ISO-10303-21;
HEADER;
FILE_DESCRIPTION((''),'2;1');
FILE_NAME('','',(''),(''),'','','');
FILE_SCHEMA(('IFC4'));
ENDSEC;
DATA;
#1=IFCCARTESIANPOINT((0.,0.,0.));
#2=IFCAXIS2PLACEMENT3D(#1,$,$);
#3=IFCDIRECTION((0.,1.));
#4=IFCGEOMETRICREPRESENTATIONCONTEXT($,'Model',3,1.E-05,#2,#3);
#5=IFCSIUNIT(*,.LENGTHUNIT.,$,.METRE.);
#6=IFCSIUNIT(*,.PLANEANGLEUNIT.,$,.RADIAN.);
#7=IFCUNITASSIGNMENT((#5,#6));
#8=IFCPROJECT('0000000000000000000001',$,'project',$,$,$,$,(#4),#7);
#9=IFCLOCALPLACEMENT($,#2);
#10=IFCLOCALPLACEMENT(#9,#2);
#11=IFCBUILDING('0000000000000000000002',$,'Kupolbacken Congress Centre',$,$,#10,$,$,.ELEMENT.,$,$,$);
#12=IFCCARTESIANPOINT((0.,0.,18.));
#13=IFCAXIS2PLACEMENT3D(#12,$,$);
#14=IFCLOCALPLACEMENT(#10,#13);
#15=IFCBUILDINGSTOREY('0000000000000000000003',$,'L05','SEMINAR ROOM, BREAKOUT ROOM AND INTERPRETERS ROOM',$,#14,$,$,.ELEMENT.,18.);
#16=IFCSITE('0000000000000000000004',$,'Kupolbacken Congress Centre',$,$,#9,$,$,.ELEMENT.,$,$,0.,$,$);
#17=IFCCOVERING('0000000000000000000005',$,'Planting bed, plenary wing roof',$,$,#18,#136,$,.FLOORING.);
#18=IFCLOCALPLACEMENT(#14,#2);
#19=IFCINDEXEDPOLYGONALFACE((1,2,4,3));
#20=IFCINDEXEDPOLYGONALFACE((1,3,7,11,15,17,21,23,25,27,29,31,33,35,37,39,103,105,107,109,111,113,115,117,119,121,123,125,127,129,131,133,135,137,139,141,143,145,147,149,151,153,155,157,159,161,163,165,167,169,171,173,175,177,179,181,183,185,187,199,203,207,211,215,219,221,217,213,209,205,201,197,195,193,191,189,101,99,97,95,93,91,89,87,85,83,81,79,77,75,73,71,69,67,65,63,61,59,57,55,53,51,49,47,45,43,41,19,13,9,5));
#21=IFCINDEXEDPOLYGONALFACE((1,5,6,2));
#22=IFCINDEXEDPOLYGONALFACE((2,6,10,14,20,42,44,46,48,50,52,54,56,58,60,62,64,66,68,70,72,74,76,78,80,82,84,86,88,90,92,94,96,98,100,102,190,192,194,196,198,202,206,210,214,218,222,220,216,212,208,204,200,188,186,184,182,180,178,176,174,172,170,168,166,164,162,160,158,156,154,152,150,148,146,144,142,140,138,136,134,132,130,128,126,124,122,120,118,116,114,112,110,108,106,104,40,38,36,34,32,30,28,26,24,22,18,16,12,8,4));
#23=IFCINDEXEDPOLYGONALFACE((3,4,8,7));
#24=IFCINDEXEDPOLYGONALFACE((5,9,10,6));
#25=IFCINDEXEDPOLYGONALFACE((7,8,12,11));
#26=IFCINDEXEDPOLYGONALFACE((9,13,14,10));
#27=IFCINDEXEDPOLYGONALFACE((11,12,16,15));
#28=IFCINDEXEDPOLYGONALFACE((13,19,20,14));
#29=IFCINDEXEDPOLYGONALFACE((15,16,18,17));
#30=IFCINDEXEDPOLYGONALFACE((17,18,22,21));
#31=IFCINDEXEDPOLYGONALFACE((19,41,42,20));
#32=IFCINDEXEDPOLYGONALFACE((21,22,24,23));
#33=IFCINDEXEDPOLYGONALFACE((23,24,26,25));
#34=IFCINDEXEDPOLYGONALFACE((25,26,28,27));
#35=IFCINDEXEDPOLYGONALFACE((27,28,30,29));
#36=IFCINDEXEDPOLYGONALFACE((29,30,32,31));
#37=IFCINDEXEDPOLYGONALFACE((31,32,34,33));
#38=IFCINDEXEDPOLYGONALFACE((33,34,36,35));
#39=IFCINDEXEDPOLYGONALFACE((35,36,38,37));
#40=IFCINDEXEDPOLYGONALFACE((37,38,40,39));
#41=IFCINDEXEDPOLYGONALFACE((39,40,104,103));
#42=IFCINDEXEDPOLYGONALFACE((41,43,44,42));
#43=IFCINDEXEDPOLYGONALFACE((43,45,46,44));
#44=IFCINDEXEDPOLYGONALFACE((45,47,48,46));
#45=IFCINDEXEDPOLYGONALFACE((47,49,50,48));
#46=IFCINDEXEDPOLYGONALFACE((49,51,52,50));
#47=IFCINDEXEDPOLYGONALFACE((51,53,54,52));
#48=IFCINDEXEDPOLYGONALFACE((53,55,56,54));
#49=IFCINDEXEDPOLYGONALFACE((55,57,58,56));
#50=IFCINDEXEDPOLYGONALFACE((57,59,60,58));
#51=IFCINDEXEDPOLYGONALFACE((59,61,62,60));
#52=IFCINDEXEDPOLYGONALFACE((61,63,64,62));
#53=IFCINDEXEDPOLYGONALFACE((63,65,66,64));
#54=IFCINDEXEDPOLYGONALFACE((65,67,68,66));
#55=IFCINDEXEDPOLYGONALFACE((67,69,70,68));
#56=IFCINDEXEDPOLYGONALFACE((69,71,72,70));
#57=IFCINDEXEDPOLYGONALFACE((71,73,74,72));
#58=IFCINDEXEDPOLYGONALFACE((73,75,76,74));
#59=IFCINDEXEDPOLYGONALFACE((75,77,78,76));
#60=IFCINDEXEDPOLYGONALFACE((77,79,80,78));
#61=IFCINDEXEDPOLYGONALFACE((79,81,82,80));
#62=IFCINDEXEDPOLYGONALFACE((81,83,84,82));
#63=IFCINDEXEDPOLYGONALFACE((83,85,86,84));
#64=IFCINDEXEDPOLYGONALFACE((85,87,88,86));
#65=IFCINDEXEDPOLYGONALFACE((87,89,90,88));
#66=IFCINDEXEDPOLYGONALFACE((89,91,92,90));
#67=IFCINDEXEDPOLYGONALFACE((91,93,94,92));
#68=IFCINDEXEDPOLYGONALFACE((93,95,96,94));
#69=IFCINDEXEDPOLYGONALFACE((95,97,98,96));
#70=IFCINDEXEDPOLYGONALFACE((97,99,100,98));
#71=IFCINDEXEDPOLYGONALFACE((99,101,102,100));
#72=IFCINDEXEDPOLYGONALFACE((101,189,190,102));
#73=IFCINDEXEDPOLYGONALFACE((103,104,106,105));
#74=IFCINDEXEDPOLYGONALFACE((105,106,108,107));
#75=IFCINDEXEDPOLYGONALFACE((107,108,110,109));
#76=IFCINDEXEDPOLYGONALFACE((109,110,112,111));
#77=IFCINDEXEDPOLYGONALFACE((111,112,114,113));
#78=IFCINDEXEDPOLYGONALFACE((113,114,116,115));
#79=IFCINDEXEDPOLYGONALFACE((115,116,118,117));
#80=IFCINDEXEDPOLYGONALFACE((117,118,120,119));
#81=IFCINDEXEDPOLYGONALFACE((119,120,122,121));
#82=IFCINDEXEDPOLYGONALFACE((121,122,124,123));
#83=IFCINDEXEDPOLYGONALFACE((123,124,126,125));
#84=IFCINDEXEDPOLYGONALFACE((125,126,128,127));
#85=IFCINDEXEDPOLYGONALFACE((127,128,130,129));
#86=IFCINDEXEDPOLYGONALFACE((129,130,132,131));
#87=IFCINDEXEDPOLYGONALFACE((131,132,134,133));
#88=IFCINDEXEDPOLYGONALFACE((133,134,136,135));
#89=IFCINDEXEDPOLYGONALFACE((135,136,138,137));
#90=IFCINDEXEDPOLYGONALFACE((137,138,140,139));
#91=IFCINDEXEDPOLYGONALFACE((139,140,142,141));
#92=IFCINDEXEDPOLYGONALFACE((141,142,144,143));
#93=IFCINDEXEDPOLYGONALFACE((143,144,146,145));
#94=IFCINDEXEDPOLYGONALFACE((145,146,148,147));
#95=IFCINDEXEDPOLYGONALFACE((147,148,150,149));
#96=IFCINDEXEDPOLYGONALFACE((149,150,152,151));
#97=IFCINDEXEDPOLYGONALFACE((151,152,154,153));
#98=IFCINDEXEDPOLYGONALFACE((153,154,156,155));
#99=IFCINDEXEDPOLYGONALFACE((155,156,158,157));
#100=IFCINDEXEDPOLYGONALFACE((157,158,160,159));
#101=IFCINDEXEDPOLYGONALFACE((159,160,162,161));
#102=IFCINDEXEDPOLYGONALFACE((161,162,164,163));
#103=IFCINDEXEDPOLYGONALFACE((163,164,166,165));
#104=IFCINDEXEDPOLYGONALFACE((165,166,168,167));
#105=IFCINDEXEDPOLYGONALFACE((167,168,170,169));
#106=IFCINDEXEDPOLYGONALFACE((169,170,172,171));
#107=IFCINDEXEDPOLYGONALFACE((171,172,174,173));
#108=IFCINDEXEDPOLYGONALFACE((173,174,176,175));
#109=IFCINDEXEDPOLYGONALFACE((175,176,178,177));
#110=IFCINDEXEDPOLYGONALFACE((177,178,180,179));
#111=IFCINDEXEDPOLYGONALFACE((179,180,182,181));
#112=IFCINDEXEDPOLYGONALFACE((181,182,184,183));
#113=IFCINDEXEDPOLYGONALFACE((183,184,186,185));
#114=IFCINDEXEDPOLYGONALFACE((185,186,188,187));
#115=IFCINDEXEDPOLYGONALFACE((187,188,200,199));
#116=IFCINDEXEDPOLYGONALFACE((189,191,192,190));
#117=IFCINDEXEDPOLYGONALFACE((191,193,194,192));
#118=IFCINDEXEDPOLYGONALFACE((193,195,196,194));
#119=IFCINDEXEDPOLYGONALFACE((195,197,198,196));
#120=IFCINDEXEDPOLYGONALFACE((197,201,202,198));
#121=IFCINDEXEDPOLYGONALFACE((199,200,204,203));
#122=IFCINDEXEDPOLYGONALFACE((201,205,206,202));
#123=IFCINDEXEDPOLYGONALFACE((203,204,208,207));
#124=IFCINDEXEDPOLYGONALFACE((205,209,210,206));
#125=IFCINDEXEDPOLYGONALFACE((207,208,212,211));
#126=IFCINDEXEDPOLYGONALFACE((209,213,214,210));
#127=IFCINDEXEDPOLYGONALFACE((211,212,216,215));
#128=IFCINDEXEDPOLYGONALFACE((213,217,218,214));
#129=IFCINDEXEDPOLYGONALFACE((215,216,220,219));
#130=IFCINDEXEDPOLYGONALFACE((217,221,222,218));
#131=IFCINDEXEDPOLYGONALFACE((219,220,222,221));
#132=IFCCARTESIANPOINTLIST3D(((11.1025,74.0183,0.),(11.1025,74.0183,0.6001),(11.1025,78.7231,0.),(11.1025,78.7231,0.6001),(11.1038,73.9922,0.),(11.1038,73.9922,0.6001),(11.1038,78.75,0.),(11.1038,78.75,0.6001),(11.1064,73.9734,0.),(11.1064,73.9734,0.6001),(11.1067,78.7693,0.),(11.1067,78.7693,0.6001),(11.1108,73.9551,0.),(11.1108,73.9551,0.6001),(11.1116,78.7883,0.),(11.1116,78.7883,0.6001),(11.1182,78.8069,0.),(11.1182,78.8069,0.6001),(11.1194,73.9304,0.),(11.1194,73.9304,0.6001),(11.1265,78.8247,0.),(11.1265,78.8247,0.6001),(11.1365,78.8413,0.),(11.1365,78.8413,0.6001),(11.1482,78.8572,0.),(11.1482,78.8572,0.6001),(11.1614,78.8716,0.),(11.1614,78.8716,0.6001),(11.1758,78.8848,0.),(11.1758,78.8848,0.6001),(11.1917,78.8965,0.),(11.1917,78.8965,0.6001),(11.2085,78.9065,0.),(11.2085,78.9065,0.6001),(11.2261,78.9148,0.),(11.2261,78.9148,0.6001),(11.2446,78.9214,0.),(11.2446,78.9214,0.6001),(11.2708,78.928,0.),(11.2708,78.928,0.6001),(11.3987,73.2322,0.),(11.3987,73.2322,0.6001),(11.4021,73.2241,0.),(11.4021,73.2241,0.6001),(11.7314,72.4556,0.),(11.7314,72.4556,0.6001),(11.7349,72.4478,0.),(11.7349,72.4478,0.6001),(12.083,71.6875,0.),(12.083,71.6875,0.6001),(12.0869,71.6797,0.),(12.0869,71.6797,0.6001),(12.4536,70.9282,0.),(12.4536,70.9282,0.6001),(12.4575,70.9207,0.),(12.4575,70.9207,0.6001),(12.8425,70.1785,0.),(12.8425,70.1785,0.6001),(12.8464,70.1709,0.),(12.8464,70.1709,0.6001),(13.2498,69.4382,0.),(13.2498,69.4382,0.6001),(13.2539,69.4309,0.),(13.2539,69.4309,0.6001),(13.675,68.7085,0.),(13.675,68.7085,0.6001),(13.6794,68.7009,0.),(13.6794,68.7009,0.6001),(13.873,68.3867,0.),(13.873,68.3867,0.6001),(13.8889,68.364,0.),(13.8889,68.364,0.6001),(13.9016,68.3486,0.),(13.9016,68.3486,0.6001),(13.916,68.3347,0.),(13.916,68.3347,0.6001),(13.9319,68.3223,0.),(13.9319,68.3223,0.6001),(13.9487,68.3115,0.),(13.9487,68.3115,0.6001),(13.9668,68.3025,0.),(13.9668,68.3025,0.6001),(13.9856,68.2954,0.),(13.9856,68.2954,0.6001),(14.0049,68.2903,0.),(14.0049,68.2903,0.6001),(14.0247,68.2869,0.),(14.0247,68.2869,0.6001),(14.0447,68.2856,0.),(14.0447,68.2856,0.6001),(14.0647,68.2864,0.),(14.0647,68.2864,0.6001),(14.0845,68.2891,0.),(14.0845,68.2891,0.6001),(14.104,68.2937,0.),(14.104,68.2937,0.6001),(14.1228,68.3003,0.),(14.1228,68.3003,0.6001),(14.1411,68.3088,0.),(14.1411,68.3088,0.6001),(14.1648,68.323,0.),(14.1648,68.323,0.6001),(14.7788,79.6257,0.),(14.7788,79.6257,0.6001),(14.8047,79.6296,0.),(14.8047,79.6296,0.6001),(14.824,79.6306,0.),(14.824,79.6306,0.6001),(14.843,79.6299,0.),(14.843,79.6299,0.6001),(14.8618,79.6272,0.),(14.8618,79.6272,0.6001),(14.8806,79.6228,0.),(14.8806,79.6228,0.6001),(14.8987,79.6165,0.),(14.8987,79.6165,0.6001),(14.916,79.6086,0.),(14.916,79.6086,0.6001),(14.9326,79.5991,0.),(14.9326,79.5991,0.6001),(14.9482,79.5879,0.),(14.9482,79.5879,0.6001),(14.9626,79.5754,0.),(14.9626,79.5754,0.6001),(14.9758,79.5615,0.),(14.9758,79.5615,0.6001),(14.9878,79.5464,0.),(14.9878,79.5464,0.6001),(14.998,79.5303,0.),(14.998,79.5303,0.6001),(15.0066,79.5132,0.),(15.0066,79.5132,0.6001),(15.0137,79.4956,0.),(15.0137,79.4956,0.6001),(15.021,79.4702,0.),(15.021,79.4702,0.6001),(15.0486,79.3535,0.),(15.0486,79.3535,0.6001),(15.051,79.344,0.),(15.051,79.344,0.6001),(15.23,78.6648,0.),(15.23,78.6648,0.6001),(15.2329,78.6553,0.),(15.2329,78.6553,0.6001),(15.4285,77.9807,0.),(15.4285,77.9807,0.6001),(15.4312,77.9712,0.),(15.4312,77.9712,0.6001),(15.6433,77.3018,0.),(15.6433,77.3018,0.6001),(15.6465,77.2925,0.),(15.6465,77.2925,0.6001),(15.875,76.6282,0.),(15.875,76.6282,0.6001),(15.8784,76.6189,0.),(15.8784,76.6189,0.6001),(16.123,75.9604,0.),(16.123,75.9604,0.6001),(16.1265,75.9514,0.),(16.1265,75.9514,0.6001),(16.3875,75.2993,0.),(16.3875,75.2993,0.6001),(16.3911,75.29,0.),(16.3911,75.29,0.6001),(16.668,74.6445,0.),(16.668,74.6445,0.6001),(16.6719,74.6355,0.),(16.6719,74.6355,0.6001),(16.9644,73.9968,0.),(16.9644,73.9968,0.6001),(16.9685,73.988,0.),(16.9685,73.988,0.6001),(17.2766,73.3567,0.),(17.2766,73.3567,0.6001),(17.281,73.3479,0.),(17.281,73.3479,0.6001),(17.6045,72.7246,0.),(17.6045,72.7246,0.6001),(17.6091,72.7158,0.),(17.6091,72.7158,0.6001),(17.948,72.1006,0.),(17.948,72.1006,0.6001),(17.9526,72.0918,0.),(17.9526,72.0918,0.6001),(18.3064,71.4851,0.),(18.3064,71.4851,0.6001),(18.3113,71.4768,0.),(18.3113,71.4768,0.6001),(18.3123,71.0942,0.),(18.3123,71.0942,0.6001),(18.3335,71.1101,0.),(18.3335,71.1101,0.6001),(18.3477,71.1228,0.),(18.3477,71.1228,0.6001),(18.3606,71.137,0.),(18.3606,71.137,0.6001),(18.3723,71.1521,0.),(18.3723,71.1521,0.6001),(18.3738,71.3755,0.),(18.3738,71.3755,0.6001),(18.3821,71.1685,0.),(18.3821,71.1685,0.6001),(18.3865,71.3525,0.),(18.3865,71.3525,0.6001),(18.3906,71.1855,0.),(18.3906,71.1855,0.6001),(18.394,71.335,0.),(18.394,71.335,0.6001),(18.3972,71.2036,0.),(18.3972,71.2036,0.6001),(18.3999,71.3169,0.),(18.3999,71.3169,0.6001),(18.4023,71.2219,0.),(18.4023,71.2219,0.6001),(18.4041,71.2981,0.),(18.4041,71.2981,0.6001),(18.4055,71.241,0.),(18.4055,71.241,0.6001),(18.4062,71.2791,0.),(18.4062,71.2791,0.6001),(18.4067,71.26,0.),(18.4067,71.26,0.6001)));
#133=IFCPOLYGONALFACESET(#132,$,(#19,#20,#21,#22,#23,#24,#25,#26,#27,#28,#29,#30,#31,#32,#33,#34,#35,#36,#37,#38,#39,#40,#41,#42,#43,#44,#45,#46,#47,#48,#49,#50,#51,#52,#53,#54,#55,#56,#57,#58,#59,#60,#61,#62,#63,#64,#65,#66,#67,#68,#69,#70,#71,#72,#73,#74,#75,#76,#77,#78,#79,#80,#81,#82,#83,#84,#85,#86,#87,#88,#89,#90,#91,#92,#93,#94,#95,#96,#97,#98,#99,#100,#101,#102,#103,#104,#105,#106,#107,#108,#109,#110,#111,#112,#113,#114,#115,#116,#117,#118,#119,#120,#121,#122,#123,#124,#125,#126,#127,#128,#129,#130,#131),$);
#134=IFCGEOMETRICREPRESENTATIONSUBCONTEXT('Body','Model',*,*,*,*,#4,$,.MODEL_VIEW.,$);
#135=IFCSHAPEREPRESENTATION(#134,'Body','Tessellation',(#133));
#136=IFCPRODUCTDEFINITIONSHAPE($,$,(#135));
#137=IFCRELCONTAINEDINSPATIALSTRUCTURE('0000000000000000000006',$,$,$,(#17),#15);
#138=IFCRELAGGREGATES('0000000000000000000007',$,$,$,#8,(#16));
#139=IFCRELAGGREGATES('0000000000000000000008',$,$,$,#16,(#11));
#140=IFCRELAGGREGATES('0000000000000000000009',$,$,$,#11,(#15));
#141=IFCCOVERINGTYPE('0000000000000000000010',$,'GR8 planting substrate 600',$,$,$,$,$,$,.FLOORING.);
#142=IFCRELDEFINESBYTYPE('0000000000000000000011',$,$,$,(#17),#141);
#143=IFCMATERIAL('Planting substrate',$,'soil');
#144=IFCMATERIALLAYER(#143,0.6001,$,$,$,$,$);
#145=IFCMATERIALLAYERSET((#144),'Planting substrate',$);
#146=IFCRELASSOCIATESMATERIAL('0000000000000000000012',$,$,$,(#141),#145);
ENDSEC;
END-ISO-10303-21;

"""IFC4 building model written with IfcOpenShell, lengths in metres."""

from ifc_helpers import new_model, si_unit, direction, frame, origin, place, context, subcontext, project, spatial, polyline, outline, extrude, material, layer, layer_set, type_object, element, save


model = new_model("IFC4")

# Units and contexts
model_context = context("Model", 3, precision=1e-05, world=origin(), true_north=direction((0.0, 1.0)))
body_context = subcontext(model_context, "Body", "Model", "MODEL_VIEW")
ifc_project = project(units=[si_unit("LENGTHUNIT", "METRE"), si_unit("PLANEANGLEUNIT", "RADIAN")], contexts=[model_context])

# Site, building, storey
site_placement = place(None, origin())
site = spatial("IfcSite", under=ifc_project, at=site_placement, Name="Kupolbacken Congress Centre", CompositionType="ELEMENT", RefElevation=0.0)
building_placement = place(site_placement, origin())
building = spatial("IfcBuilding", under=site, at=building_placement, Name="Kupolbacken Congress Centre", CompositionType="ELEMENT")
storey_placement = place(building_placement, frame((0.0, 0.0, 18.0)))
storey = spatial("IfcBuildingStorey", under=building, at=storey_placement, Name="L05", Description="SEMINAR ROOM, BREAKOUT ROOM AND INTERPRETERS ROOM", CompositionType="ELEMENT", Elevation=18.0)

# Covering
ifc_material_1 = material(Name="Planting substrate", Category="soil")
ifc_layer_1 = layer(ifc_material_1, 0.6001)
ifc_layer_set_1 = layer_set([ifc_layer_1], Name="Planting substrate")
covering_type_1 = type_object("IfcCoveringType", Name="GR8 planting substrate 600", PredefinedType="FLOORING", material=ifc_layer_set_1)
covering_1_placement = place(storey_placement, origin())
element("IfcCovering", 1, at=covering_1_placement, inside=storey, type_object=covering_type_1, Name="Planting bed, plenary wing roof", PredefinedType="FLOORING", context=body_context, shape_type="SweptSolid", body=[
    extrude(outline(polyline([(11.1194, 73.9304), (11.1108, 73.9551), (11.1064, 73.9734), (11.1038, 73.9922), (11.1025, 74.0183), (11.1025, 78.7231), (11.1038, 78.75), (11.1067, 78.7693), (11.1116, 78.7883), (11.1182, 78.8069), (11.1265, 78.8247), (11.1365, 78.8413), (11.1482, 78.8572), (11.1614, 78.8716), (11.1758, 78.8848), (11.1917, 78.8965), (11.2085, 78.9065), (11.2261, 78.9148), (11.2446, 78.9214), (11.2708, 78.928), (14.7788, 79.6257), (14.8047, 79.6296), (14.824, 79.6306), (14.843, 79.6299), (14.8618, 79.6272), (14.8806, 79.6228), (14.8987, 79.6165), (14.916, 79.6086), (14.9326, 79.5991), (14.9482, 79.5879), (14.9626, 79.5754), (14.9758, 79.5615), (14.9878, 79.5464), (14.998, 79.5303), (15.0066, 79.5132), (15.0137, 79.4956), (15.021, 79.4702), (15.0486, 79.3535), (15.051, 79.344), (15.23, 78.6648), (15.2329, 78.6553), (15.4285, 77.9807), (15.4312, 77.9712), (15.6433, 77.3018), (15.6465, 77.2925), (15.875, 76.6282), (15.8784, 76.6189), (16.123, 75.9604), (16.1265, 75.9514), (16.3875, 75.2993), (16.3911, 75.29), (16.668, 74.6445), (16.6719, 74.6355), (16.9644, 73.9968), (16.9685, 73.988), (17.2766, 73.3567), (17.281, 73.3479), (17.6045, 72.7246), (17.6091, 72.7158), (17.948, 72.1006), (17.9526, 72.0918), (18.3064, 71.4851), (18.3113, 71.4768), (18.3738, 71.3755), (18.3865, 71.3525), (18.394, 71.335), (18.3999, 71.3169), (18.4041, 71.2981), (18.4062, 71.2791), (18.4067, 71.26), (18.4055, 71.241), (18.4023, 71.2219), (18.3972, 71.2036), (18.3906, 71.1855), (18.3821, 71.1685), (18.3723, 71.1521), (18.3606, 71.137), (18.3477, 71.1228), (18.3335, 71.1101), (18.3123, 71.0942), (14.1648, 68.323), (14.1411, 68.3088), (14.1228, 68.3003), (14.104, 68.2937), (14.0845, 68.2891), (14.0647, 68.2864), (14.0447, 68.2856), (14.0247, 68.2869), (14.0049, 68.2903), (13.9856, 68.2954), (13.9668, 68.3025), (13.9487, 68.3115), (13.9319, 68.3223), (13.916, 68.3347), (13.9016, 68.3486), (13.8889, 68.364), (13.873, 68.3867), (13.6794, 68.7009), (13.675, 68.7085), (13.2539, 69.4309), (13.2498, 69.4382), (12.8464, 70.1709), (12.8425, 70.1785), (12.4575, 70.9207), (12.4536, 70.9282), (12.0869, 71.6797), (12.083, 71.6875), (11.7349, 72.4478), (11.7314, 72.4556), (11.4021, 73.2241), (11.3987, 73.2322), (11.1194, 73.9304)])), origin(), (0.0, 0.0, 1.0), 0.6001),
])

save(model, "model.ifc")
